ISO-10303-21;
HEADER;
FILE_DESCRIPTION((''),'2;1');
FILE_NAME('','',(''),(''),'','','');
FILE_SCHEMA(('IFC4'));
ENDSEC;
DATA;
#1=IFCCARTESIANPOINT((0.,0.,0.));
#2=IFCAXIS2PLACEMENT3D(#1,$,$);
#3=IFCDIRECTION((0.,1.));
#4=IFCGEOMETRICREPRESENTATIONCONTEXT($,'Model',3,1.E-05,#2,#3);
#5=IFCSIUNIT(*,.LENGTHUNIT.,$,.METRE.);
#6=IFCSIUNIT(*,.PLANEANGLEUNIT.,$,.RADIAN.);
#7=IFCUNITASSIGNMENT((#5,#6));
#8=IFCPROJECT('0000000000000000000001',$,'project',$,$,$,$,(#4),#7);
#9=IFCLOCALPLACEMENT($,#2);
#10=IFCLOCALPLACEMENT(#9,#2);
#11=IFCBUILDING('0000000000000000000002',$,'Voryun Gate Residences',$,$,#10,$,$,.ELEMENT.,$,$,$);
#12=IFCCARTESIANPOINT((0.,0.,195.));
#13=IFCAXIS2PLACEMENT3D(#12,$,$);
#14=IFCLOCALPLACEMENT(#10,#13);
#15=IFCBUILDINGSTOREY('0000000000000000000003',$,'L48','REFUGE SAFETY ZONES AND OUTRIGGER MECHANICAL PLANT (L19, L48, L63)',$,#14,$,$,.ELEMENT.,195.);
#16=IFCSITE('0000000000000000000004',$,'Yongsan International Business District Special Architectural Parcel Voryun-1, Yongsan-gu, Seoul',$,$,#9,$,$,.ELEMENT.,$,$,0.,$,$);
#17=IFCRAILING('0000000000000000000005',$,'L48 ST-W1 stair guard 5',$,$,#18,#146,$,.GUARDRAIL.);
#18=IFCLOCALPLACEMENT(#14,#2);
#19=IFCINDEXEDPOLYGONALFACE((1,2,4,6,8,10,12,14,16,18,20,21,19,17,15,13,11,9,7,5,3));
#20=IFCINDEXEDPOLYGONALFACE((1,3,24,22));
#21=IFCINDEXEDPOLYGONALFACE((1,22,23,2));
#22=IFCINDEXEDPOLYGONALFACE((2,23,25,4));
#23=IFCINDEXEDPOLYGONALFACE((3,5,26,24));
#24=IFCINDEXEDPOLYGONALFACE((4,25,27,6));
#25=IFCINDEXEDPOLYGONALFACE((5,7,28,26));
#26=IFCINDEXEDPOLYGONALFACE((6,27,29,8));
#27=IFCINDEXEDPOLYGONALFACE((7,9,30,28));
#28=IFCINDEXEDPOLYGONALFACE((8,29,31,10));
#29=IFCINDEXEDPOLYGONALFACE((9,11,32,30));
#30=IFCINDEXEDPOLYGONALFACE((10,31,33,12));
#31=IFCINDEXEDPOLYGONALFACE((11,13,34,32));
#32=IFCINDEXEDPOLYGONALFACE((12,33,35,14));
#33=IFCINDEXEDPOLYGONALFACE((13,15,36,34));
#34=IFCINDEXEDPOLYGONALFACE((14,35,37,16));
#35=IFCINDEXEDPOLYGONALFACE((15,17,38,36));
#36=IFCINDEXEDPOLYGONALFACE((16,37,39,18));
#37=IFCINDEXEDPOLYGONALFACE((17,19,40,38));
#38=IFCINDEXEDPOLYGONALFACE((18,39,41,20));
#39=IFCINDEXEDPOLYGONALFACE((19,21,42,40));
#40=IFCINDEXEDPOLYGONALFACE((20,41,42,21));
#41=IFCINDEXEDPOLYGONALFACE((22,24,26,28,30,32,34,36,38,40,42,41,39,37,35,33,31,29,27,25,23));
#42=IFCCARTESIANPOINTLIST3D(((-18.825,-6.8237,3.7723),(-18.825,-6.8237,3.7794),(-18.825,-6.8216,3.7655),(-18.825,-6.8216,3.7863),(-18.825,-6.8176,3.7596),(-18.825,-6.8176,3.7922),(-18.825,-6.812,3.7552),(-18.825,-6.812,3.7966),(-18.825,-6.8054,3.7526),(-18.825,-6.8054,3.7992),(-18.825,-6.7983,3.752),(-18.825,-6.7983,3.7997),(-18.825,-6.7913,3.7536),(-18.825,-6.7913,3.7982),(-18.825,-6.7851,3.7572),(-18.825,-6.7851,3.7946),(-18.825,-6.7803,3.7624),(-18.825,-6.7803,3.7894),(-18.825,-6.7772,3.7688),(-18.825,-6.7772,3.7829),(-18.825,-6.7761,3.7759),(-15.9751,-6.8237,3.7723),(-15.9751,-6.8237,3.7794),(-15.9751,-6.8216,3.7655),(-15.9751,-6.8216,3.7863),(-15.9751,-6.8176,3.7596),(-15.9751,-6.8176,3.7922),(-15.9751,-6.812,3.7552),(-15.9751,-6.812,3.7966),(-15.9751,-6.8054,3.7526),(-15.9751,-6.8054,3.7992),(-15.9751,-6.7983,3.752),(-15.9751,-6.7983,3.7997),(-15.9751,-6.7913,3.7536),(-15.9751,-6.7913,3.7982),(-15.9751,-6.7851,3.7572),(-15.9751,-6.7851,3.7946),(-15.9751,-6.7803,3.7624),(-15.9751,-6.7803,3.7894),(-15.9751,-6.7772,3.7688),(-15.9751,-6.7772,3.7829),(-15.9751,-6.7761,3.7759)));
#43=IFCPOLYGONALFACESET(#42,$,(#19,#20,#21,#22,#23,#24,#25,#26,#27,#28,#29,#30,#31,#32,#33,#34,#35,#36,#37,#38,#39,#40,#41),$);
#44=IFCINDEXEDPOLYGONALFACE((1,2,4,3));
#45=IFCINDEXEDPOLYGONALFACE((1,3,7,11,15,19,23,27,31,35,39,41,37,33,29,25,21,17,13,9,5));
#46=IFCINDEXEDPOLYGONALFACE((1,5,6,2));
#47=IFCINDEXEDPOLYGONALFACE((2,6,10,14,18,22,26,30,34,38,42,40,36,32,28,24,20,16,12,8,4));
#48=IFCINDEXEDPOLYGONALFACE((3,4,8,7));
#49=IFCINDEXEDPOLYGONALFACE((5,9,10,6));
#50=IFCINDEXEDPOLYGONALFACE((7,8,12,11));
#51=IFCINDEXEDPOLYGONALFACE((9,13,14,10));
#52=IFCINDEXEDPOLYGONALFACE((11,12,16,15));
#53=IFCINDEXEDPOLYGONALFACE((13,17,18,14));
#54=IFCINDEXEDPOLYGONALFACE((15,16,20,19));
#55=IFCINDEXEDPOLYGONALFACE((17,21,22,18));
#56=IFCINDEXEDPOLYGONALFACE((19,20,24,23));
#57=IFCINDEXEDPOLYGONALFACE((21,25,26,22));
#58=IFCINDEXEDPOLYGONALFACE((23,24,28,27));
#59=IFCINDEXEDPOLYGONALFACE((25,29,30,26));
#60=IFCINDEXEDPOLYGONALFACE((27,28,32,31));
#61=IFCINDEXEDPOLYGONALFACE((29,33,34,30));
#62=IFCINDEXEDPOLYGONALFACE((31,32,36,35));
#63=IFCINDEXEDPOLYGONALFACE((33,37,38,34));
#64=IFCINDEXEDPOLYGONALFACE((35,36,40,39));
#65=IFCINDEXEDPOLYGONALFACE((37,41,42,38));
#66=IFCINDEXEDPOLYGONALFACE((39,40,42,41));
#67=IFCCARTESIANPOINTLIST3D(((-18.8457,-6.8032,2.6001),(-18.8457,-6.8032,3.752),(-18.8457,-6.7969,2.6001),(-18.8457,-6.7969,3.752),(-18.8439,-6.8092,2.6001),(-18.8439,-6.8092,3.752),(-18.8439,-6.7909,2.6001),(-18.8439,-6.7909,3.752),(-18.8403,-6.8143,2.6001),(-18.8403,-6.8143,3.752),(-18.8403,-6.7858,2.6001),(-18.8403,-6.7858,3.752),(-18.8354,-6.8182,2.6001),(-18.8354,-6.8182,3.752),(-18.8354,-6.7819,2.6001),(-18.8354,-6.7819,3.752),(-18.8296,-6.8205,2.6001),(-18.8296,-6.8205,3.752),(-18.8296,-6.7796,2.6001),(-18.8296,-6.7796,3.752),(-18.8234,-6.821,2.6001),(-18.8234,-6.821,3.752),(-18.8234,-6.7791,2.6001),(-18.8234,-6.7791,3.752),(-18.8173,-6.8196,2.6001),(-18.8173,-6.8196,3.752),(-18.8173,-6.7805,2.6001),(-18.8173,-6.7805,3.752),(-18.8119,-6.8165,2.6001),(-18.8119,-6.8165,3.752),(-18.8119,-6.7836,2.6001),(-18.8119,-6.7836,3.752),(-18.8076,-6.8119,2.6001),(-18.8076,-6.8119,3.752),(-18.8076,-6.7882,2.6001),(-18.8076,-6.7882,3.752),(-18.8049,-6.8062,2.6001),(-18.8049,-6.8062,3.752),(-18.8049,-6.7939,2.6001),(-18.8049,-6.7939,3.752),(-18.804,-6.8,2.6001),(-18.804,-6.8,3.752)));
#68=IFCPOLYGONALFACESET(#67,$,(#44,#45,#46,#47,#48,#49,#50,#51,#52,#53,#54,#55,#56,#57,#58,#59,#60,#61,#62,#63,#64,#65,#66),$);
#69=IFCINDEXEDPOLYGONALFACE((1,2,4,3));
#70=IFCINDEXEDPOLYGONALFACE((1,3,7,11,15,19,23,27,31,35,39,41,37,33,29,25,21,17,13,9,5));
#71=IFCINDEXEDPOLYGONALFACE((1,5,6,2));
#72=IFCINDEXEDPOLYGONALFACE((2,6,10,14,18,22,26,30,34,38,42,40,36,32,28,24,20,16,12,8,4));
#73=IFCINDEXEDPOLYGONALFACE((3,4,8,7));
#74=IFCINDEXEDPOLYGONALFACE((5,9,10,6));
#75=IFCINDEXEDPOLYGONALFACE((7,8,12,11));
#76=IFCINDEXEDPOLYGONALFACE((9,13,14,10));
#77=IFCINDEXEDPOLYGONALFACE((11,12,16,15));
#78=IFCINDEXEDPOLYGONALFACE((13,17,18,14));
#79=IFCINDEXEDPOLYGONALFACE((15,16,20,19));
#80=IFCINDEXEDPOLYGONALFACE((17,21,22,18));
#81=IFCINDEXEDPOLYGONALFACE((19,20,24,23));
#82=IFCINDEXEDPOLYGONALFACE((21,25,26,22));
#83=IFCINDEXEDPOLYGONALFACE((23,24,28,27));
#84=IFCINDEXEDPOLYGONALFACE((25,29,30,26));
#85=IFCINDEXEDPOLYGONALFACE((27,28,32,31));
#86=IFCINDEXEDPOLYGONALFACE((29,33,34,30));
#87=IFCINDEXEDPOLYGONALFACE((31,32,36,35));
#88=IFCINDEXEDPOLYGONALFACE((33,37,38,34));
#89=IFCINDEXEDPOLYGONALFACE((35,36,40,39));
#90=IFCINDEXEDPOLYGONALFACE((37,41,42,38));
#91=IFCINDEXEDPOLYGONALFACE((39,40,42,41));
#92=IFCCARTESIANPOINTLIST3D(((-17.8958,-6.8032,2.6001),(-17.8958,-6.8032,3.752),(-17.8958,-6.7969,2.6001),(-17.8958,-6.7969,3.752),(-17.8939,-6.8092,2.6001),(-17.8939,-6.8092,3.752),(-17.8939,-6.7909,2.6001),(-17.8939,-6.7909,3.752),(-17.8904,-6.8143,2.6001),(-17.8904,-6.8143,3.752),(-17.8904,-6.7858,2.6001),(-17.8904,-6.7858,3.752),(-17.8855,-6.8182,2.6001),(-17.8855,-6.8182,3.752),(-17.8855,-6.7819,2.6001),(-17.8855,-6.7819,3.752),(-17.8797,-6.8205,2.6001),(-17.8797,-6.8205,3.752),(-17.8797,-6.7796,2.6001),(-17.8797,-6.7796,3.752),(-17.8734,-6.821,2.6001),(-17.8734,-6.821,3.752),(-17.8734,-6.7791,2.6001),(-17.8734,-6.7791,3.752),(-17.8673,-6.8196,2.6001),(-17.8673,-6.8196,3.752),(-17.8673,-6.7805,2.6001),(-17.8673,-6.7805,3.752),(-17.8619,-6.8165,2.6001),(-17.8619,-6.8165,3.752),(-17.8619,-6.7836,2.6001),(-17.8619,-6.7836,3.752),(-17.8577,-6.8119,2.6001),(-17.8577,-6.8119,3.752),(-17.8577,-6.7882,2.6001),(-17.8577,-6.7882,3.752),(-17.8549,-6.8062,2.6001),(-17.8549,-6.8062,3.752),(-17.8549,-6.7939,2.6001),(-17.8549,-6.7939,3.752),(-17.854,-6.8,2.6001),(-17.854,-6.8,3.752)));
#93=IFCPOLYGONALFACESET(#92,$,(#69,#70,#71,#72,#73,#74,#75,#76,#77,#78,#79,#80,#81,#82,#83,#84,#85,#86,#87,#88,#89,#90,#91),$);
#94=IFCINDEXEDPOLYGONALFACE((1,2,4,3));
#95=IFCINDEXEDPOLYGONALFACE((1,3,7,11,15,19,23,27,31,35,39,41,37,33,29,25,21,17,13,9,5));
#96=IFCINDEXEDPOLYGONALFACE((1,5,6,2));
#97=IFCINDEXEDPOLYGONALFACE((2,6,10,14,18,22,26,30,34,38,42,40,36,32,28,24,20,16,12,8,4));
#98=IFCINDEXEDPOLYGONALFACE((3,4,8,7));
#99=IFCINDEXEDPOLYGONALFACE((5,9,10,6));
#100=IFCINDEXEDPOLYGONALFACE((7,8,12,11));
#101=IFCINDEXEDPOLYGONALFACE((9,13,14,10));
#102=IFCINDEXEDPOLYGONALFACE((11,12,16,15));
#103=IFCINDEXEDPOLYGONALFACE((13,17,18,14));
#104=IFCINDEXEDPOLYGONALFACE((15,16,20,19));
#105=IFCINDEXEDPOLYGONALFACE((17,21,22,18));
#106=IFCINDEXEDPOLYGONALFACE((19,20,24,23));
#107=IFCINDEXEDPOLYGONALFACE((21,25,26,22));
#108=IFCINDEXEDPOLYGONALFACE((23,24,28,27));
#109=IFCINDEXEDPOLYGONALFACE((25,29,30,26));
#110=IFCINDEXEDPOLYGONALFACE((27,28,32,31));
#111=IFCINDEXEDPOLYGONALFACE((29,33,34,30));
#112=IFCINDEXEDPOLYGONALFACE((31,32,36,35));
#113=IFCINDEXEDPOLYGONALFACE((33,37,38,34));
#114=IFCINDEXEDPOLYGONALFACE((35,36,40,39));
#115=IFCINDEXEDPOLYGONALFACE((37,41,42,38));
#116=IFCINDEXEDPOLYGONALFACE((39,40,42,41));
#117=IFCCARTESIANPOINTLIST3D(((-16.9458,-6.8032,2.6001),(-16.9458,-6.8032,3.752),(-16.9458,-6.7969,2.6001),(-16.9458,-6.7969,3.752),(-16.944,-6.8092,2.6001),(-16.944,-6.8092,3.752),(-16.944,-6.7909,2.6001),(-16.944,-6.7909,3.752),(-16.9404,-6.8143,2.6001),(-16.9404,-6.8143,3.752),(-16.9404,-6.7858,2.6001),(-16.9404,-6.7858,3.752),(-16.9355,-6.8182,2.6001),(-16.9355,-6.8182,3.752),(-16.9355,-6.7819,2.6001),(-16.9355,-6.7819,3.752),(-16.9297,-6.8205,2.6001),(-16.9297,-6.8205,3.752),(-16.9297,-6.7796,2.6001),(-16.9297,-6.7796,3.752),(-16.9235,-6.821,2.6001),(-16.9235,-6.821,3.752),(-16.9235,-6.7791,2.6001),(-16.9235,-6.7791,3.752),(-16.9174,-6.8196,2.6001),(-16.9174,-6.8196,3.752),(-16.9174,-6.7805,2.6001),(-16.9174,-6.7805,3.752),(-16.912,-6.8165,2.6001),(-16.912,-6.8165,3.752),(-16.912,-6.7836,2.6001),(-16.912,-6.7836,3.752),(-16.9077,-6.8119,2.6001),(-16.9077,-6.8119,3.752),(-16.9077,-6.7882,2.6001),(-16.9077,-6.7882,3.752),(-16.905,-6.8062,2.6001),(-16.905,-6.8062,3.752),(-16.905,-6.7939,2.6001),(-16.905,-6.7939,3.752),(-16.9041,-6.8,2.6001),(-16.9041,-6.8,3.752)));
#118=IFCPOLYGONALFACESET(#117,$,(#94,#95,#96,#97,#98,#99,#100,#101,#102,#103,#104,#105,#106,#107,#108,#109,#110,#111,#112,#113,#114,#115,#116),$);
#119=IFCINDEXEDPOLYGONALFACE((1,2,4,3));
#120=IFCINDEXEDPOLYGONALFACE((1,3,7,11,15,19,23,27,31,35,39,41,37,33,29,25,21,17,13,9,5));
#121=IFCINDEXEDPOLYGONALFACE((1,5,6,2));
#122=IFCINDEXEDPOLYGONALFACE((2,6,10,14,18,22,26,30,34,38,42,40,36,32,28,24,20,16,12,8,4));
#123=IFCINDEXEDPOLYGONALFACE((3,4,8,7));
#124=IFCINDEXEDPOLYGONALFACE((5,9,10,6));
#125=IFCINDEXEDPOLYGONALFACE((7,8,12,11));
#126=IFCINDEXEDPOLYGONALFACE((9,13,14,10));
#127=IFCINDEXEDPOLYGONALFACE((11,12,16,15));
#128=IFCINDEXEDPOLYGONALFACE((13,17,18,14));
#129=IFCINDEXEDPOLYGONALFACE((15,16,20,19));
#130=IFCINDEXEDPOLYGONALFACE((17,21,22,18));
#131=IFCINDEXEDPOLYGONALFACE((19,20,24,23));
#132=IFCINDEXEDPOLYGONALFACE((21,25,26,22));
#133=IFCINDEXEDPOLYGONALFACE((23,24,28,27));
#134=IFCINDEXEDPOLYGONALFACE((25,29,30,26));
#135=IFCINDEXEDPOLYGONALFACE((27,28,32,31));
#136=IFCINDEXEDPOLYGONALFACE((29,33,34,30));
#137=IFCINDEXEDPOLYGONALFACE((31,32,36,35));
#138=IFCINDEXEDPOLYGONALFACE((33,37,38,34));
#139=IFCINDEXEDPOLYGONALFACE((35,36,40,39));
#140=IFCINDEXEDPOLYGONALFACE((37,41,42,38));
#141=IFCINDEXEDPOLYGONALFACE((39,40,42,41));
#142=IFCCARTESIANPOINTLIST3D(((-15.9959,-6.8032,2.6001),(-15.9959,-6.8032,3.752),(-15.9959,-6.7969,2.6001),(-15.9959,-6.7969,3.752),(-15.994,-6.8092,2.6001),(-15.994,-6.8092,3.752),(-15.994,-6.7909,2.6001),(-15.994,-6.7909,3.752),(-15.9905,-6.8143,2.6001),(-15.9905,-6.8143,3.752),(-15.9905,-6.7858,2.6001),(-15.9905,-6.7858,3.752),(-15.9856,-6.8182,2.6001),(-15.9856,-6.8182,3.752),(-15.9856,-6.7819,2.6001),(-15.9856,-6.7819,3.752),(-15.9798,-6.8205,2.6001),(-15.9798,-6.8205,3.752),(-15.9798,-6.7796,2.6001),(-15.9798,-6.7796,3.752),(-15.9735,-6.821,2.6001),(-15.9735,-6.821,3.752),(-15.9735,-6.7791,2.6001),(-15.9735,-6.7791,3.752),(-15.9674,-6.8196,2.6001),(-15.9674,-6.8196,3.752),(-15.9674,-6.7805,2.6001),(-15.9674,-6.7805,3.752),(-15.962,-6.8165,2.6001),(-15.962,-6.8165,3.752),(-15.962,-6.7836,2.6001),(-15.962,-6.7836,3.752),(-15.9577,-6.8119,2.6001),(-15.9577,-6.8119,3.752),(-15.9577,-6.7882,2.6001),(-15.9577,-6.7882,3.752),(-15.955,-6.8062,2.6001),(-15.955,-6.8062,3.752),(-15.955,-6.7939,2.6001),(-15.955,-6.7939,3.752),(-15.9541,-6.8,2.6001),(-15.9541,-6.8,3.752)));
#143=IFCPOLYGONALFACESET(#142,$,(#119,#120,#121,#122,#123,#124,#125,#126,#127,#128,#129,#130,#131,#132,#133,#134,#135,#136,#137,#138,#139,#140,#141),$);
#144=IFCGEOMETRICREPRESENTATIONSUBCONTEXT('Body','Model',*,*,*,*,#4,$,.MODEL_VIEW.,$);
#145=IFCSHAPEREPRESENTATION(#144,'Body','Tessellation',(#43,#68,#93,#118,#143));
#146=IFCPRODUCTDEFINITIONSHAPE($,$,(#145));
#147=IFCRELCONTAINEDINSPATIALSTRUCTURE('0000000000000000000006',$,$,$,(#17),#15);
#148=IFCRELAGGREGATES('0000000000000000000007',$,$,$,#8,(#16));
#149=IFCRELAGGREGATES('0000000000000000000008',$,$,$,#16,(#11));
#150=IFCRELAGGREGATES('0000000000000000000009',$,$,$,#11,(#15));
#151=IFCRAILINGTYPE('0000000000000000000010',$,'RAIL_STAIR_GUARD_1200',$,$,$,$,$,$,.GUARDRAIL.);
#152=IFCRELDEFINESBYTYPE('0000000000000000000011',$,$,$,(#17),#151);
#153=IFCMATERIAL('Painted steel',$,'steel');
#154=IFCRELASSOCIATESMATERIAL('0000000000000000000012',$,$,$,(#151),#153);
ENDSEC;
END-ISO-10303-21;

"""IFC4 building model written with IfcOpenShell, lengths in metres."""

from ifc_helpers import new_model, si_unit, direction, frame, origin, origin_2d, place, context, subcontext, project, spatial, circle, extrude, material, type_object, element, save


model = new_model("IFC4")

# Units and contexts
model_context = context("Model", 3, precision=1e-05, world=origin(), true_north=direction((0.0, 1.0)))
body_context = subcontext(model_context, "Body", "Model", "MODEL_VIEW")
ifc_project = project(units=[si_unit("LENGTHUNIT", "METRE"), si_unit("PLANEANGLEUNIT", "RADIAN")], contexts=[model_context])

# Site, building, storey
site_placement = place(None, origin())
site = spatial("IfcSite", under=ifc_project, at=site_placement, Name="Yongsan International Business District Special Architectural Parcel Voryun-1, Yongsan-gu, Seoul", CompositionType="ELEMENT", RefElevation=0.0)
building_placement = place(site_placement, origin())
building = spatial("IfcBuilding", under=site, at=building_placement, Name="Voryun Gate Residences", CompositionType="ELEMENT")
storey_placement = place(building_placement, frame((0.0, 0.0, 195.0)))
storey = spatial("IfcBuildingStorey", under=building, at=storey_placement, Name="L48", Description="REFUGE SAFETY ZONES AND OUTRIGGER MECHANICAL PLANT (L19, L48, L63)", CompositionType="ELEMENT", Elevation=195.0)

# Railing
ifc_material_1 = material(Name="Painted steel", Category="steel")
railing_type = type_object("IfcRailingType", Name="RAIL_STAIR_GUARD_1200", PredefinedType="GUARDRAIL", material=ifc_material_1)
railing_1_placement = place(storey_placement, frame((-18.825, -6.8, 2.6001)))
element("IfcRailing", 1, at=railing_1_placement, inside=storey, type_object=railing_type, Name="L48 ST-W1 stair guard 5", PredefinedType="GUARDRAIL", context=body_context, shape_type="SweptSolid", body=[
    extrude(circle(Radius=0.0239, at=origin_2d()), frame((0.0, 0.0, 1.1758), z_axis=(1.0, 0.0, 0.0), x_axis=(0.0, 1.0, 0.0)), (0.0, 0.0, 1.0), 2.8499),
    extrude(circle(Radius=0.021, at=origin_2d()), origin(), (0.0, 0.0, 1.0), 1.1519),
    extrude(circle(Radius=0.021, at=origin_2d()), frame((0.95, 0.0, 0.0)), (0.0, 0.0, 1.0), 1.1519),
    extrude(circle(Radius=0.021, at=origin_2d()), frame((1.8999, 0.0, 0.0)), (0.0, 0.0, 1.0), 1.1519),
    extrude(circle(Radius=0.021, at=origin_2d()), frame((2.8499, 0.0, 0.0)), (0.0, 0.0, 1.0), 1.1519),
])

save(model, "model.ifc")
